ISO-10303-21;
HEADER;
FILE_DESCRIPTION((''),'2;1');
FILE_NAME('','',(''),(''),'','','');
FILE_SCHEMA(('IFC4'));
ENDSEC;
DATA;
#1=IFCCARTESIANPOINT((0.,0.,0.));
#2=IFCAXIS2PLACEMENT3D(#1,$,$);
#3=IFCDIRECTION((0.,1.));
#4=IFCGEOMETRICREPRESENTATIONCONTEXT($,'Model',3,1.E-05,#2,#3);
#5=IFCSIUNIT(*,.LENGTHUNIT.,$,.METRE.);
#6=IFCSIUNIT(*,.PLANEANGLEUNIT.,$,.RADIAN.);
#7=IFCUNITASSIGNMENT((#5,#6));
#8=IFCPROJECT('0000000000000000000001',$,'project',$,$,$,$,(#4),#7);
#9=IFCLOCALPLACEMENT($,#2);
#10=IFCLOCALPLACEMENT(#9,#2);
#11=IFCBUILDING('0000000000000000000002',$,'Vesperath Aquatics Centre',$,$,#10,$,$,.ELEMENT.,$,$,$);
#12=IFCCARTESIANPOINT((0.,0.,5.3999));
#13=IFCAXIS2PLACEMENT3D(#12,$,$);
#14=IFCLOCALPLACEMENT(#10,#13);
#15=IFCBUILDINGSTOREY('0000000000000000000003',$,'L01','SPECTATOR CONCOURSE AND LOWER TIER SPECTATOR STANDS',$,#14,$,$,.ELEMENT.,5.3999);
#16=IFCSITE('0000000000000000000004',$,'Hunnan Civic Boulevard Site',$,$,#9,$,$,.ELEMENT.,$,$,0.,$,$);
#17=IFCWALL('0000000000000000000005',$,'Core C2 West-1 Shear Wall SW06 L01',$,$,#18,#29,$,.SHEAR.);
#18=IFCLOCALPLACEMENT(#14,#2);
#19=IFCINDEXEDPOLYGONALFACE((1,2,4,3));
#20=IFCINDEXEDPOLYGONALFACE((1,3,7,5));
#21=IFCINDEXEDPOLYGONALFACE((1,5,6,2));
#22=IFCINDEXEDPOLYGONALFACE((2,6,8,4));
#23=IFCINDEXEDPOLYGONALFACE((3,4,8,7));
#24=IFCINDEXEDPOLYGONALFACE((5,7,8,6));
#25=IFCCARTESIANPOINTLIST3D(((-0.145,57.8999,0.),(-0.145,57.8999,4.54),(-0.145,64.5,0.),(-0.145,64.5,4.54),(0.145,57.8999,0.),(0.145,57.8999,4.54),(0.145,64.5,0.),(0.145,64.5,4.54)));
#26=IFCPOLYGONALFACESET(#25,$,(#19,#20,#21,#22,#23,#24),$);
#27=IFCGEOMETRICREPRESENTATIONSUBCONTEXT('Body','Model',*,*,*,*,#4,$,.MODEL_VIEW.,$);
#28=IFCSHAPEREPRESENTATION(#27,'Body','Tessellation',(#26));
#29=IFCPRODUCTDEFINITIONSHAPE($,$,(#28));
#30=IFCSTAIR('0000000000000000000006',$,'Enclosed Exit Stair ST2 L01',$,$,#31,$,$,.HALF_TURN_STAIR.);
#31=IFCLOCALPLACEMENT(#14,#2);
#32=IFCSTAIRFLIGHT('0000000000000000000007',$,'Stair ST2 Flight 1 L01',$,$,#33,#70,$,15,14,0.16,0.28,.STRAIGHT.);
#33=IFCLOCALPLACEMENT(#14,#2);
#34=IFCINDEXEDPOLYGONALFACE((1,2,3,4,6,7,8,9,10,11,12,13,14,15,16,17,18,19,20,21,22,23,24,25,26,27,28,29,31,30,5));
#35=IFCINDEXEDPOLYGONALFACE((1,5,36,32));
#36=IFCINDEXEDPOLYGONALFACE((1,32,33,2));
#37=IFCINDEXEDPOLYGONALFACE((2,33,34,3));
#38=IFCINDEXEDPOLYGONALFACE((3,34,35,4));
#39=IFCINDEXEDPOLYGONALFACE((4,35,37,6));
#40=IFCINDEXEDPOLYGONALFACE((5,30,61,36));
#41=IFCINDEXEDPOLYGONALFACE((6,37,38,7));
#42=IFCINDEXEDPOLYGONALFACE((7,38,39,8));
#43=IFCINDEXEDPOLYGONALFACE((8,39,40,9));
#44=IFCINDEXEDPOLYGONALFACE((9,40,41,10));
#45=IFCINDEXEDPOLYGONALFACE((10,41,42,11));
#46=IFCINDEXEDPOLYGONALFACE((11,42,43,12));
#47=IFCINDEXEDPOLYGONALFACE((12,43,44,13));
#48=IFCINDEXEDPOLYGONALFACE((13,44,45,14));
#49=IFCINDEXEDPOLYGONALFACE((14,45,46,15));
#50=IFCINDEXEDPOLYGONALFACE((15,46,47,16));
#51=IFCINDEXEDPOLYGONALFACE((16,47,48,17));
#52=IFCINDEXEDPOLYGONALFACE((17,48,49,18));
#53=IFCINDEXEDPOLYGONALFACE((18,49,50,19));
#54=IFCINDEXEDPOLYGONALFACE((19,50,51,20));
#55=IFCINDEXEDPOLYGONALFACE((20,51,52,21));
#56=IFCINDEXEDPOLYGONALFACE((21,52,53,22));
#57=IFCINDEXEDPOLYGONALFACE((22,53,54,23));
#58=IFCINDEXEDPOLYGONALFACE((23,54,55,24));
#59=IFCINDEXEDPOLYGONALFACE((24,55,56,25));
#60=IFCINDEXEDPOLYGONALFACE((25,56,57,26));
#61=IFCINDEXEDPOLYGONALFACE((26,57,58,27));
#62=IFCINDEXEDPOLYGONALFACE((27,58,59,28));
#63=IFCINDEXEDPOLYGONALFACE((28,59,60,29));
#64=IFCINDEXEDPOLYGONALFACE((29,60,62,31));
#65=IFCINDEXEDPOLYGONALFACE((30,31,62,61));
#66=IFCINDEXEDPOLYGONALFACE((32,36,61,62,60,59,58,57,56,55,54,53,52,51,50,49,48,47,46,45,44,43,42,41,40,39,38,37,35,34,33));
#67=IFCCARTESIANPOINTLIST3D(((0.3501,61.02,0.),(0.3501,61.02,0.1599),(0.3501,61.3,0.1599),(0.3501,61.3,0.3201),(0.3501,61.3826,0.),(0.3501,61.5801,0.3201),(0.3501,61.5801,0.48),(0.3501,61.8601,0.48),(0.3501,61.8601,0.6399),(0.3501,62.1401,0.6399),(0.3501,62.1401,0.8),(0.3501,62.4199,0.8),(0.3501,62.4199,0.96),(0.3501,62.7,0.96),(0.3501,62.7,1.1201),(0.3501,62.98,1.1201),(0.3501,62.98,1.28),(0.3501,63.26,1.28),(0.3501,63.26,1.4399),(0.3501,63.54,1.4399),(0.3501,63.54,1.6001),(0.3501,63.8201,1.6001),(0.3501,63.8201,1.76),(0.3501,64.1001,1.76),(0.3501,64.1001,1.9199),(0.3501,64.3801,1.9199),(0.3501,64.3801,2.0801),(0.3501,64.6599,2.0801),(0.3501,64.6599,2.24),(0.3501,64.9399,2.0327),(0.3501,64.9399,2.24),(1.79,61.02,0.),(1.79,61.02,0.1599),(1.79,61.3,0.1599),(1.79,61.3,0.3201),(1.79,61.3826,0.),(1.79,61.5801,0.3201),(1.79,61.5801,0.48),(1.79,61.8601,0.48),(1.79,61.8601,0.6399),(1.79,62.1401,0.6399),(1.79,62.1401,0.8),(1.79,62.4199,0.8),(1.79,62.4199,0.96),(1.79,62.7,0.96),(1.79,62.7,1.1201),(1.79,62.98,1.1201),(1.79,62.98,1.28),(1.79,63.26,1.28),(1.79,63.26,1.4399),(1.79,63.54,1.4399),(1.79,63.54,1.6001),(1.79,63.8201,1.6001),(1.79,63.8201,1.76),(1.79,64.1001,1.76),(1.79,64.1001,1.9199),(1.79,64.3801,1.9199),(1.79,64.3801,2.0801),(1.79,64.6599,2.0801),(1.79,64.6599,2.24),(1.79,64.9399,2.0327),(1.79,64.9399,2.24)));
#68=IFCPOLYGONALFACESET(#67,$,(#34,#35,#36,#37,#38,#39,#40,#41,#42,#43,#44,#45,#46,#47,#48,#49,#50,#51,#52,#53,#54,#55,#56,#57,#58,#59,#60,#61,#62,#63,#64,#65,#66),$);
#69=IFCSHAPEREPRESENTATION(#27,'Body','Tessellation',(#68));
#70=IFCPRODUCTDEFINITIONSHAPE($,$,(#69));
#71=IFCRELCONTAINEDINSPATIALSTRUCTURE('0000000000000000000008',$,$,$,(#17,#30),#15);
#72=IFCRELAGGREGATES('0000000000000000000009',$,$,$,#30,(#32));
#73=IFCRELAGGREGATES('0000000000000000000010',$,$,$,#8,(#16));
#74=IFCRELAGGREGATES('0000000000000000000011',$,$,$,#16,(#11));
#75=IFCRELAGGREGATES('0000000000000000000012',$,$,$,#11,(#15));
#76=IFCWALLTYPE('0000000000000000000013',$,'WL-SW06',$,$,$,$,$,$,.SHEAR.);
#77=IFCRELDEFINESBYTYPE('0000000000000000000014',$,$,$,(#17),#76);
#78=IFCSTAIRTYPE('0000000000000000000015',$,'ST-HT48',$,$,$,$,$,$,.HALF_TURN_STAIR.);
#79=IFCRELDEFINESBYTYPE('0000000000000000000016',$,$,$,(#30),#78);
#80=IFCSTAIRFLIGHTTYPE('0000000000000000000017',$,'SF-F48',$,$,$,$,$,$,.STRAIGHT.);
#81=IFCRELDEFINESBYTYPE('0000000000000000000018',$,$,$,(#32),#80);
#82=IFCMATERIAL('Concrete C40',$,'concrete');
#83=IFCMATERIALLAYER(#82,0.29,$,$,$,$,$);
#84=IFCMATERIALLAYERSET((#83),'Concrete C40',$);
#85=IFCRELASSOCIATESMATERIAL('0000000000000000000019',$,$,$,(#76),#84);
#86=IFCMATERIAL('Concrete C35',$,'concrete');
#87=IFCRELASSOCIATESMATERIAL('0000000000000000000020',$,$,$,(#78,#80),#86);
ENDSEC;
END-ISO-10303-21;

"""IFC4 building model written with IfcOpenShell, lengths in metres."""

from ifc_helpers import new_model, si_unit, direction, frame, frame_2d, origin, place, context, subcontext, project, spatial, polyline, rectangle, outline, extrude, material, layer, layer_set, type_object, element, aggregate, save


model = new_model("IFC4")

# Units and contexts
model_context = context("Model", 3, precision=1e-05, world=origin(), true_north=direction((0.0, 1.0)))
body_context = subcontext(model_context, "Body", "Model", "MODEL_VIEW")
ifc_project = project(units=[si_unit("LENGTHUNIT", "METRE"), si_unit("PLANEANGLEUNIT", "RADIAN")], contexts=[model_context])

# Site, building, storey
site_placement = place(None, origin())
site = spatial("IfcSite", under=ifc_project, at=site_placement, Name="Hunnan Civic Boulevard Site", CompositionType="ELEMENT", RefElevation=0.0)
building_placement = place(site_placement, origin())
building = spatial("IfcBuilding", under=site, at=building_placement, Name="Vesperath Aquatics Centre", CompositionType="ELEMENT")
storey_placement = place(building_placement, frame((0.0, 0.0, 5.3999)))
storey = spatial("IfcBuildingStorey", under=building, at=storey_placement, Name="L01", Description="SPECTATOR CONCOURSE AND LOWER TIER SPECTATOR STANDS", CompositionType="ELEMENT", Elevation=5.3999)

# Shared definitions
ifc_material_1 = material(Name="Concrete C40", Category="concrete")

# Shared definitions
ifc_material_2 = material(Name="Concrete C35", Category="concrete")

# Wall
ifc_layer_1 = layer(ifc_material_1, 0.29)
ifc_layer_set_1 = layer_set([ifc_layer_1], Name="Concrete C40")
wall_type_1 = type_object("IfcWallType", Name="WL-SW06", PredefinedType="SHEAR", material=ifc_layer_set_1)
wall_1_placement = place(storey_placement, frame((0.0, 57.8999, 0.0), z_axis=(0.0, 0.0, 1.0), x_axis=(0.0, 1.0, 0.0)))
element("IfcWall", 1, at=wall_1_placement, inside=storey, type_object=wall_type_1, Name="Core C2 West-1 Shear Wall SW06 L01", PredefinedType="SHEAR", context=body_context, shape_type="SweptSolid", body=[
    extrude(rectangle(XDim=6.6001, YDim=0.29, at=frame_2d((3.3, 0.0))), origin(), (0.0, 0.0, 1.0), 4.54),
])

# Stair, stair flight
stair_type = type_object("IfcStairType", Name="ST-HT48", PredefinedType="HALF_TURN_STAIR", material=ifc_material_2)
stair_placement = place(storey_placement, origin())
stair = element("IfcStair", 2, at=stair_placement, inside=storey, type_object=stair_type, Name="Enclosed Exit Stair ST2 L01", PredefinedType="HALF_TURN_STAIR")
stair_flight_type = type_object("IfcStairFlightType", Name="SF-F48", PredefinedType="STRAIGHT", material=ifc_material_2)
stair_flight_placement = place(storey_placement, frame((1.0701, 61.02, 0.0), z_axis=(0.0, 0.0, 1.0), x_axis=(0.0, 1.0, 0.0)))
stair_flight = element("IfcStairFlight", 3, at=stair_flight_placement, type_object=stair_flight_type, Name="Stair ST2 Flight 1 L01", NumberOfRisers=15, NumberOfTreads=14, PredefinedType="STRAIGHT", RiserHeight=0.16, TreadLength=0.28, context=body_context, shape_type="SweptSolid", body=[
    extrude(outline(polyline([(0.0, 0.0), (0.0, 0.1599), (0.28, 0.1599), (0.28, 0.3201), (0.5601, 0.3201), (0.5601, 0.48), (0.8401, 0.48), (0.8401, 0.6399), (1.1201, 0.6399), (1.1201, 0.8), (1.3999, 0.8), (1.3999, 0.96), (1.6799, 0.96), (1.6799, 1.1201), (1.96, 1.1201), (1.96, 1.28), (2.24, 1.28), (2.24, 1.4399), (2.52, 1.4399), (2.52, 1.6001), (2.8, 1.6001), (2.8, 1.76), (3.0801, 1.76), (3.0801, 1.9199), (3.3601, 1.9199), (3.3601, 2.0801), (3.6399, 2.0801), (3.6399, 2.24), (3.9199, 2.24), (3.9199, 2.3999), (3.9199, 2.0327), (0.3625, 0.0), (0.0, 0.0)])), frame((0.0, 0.72, 0.0), z_axis=(0.0, -1.0, 0.0), x_axis=(1.0, 0.0, 0.0)), (0.0, 0.0, 1.0), 1.4399),
])
aggregate(stair, [stair_flight])

save(model, "model.ifc")
